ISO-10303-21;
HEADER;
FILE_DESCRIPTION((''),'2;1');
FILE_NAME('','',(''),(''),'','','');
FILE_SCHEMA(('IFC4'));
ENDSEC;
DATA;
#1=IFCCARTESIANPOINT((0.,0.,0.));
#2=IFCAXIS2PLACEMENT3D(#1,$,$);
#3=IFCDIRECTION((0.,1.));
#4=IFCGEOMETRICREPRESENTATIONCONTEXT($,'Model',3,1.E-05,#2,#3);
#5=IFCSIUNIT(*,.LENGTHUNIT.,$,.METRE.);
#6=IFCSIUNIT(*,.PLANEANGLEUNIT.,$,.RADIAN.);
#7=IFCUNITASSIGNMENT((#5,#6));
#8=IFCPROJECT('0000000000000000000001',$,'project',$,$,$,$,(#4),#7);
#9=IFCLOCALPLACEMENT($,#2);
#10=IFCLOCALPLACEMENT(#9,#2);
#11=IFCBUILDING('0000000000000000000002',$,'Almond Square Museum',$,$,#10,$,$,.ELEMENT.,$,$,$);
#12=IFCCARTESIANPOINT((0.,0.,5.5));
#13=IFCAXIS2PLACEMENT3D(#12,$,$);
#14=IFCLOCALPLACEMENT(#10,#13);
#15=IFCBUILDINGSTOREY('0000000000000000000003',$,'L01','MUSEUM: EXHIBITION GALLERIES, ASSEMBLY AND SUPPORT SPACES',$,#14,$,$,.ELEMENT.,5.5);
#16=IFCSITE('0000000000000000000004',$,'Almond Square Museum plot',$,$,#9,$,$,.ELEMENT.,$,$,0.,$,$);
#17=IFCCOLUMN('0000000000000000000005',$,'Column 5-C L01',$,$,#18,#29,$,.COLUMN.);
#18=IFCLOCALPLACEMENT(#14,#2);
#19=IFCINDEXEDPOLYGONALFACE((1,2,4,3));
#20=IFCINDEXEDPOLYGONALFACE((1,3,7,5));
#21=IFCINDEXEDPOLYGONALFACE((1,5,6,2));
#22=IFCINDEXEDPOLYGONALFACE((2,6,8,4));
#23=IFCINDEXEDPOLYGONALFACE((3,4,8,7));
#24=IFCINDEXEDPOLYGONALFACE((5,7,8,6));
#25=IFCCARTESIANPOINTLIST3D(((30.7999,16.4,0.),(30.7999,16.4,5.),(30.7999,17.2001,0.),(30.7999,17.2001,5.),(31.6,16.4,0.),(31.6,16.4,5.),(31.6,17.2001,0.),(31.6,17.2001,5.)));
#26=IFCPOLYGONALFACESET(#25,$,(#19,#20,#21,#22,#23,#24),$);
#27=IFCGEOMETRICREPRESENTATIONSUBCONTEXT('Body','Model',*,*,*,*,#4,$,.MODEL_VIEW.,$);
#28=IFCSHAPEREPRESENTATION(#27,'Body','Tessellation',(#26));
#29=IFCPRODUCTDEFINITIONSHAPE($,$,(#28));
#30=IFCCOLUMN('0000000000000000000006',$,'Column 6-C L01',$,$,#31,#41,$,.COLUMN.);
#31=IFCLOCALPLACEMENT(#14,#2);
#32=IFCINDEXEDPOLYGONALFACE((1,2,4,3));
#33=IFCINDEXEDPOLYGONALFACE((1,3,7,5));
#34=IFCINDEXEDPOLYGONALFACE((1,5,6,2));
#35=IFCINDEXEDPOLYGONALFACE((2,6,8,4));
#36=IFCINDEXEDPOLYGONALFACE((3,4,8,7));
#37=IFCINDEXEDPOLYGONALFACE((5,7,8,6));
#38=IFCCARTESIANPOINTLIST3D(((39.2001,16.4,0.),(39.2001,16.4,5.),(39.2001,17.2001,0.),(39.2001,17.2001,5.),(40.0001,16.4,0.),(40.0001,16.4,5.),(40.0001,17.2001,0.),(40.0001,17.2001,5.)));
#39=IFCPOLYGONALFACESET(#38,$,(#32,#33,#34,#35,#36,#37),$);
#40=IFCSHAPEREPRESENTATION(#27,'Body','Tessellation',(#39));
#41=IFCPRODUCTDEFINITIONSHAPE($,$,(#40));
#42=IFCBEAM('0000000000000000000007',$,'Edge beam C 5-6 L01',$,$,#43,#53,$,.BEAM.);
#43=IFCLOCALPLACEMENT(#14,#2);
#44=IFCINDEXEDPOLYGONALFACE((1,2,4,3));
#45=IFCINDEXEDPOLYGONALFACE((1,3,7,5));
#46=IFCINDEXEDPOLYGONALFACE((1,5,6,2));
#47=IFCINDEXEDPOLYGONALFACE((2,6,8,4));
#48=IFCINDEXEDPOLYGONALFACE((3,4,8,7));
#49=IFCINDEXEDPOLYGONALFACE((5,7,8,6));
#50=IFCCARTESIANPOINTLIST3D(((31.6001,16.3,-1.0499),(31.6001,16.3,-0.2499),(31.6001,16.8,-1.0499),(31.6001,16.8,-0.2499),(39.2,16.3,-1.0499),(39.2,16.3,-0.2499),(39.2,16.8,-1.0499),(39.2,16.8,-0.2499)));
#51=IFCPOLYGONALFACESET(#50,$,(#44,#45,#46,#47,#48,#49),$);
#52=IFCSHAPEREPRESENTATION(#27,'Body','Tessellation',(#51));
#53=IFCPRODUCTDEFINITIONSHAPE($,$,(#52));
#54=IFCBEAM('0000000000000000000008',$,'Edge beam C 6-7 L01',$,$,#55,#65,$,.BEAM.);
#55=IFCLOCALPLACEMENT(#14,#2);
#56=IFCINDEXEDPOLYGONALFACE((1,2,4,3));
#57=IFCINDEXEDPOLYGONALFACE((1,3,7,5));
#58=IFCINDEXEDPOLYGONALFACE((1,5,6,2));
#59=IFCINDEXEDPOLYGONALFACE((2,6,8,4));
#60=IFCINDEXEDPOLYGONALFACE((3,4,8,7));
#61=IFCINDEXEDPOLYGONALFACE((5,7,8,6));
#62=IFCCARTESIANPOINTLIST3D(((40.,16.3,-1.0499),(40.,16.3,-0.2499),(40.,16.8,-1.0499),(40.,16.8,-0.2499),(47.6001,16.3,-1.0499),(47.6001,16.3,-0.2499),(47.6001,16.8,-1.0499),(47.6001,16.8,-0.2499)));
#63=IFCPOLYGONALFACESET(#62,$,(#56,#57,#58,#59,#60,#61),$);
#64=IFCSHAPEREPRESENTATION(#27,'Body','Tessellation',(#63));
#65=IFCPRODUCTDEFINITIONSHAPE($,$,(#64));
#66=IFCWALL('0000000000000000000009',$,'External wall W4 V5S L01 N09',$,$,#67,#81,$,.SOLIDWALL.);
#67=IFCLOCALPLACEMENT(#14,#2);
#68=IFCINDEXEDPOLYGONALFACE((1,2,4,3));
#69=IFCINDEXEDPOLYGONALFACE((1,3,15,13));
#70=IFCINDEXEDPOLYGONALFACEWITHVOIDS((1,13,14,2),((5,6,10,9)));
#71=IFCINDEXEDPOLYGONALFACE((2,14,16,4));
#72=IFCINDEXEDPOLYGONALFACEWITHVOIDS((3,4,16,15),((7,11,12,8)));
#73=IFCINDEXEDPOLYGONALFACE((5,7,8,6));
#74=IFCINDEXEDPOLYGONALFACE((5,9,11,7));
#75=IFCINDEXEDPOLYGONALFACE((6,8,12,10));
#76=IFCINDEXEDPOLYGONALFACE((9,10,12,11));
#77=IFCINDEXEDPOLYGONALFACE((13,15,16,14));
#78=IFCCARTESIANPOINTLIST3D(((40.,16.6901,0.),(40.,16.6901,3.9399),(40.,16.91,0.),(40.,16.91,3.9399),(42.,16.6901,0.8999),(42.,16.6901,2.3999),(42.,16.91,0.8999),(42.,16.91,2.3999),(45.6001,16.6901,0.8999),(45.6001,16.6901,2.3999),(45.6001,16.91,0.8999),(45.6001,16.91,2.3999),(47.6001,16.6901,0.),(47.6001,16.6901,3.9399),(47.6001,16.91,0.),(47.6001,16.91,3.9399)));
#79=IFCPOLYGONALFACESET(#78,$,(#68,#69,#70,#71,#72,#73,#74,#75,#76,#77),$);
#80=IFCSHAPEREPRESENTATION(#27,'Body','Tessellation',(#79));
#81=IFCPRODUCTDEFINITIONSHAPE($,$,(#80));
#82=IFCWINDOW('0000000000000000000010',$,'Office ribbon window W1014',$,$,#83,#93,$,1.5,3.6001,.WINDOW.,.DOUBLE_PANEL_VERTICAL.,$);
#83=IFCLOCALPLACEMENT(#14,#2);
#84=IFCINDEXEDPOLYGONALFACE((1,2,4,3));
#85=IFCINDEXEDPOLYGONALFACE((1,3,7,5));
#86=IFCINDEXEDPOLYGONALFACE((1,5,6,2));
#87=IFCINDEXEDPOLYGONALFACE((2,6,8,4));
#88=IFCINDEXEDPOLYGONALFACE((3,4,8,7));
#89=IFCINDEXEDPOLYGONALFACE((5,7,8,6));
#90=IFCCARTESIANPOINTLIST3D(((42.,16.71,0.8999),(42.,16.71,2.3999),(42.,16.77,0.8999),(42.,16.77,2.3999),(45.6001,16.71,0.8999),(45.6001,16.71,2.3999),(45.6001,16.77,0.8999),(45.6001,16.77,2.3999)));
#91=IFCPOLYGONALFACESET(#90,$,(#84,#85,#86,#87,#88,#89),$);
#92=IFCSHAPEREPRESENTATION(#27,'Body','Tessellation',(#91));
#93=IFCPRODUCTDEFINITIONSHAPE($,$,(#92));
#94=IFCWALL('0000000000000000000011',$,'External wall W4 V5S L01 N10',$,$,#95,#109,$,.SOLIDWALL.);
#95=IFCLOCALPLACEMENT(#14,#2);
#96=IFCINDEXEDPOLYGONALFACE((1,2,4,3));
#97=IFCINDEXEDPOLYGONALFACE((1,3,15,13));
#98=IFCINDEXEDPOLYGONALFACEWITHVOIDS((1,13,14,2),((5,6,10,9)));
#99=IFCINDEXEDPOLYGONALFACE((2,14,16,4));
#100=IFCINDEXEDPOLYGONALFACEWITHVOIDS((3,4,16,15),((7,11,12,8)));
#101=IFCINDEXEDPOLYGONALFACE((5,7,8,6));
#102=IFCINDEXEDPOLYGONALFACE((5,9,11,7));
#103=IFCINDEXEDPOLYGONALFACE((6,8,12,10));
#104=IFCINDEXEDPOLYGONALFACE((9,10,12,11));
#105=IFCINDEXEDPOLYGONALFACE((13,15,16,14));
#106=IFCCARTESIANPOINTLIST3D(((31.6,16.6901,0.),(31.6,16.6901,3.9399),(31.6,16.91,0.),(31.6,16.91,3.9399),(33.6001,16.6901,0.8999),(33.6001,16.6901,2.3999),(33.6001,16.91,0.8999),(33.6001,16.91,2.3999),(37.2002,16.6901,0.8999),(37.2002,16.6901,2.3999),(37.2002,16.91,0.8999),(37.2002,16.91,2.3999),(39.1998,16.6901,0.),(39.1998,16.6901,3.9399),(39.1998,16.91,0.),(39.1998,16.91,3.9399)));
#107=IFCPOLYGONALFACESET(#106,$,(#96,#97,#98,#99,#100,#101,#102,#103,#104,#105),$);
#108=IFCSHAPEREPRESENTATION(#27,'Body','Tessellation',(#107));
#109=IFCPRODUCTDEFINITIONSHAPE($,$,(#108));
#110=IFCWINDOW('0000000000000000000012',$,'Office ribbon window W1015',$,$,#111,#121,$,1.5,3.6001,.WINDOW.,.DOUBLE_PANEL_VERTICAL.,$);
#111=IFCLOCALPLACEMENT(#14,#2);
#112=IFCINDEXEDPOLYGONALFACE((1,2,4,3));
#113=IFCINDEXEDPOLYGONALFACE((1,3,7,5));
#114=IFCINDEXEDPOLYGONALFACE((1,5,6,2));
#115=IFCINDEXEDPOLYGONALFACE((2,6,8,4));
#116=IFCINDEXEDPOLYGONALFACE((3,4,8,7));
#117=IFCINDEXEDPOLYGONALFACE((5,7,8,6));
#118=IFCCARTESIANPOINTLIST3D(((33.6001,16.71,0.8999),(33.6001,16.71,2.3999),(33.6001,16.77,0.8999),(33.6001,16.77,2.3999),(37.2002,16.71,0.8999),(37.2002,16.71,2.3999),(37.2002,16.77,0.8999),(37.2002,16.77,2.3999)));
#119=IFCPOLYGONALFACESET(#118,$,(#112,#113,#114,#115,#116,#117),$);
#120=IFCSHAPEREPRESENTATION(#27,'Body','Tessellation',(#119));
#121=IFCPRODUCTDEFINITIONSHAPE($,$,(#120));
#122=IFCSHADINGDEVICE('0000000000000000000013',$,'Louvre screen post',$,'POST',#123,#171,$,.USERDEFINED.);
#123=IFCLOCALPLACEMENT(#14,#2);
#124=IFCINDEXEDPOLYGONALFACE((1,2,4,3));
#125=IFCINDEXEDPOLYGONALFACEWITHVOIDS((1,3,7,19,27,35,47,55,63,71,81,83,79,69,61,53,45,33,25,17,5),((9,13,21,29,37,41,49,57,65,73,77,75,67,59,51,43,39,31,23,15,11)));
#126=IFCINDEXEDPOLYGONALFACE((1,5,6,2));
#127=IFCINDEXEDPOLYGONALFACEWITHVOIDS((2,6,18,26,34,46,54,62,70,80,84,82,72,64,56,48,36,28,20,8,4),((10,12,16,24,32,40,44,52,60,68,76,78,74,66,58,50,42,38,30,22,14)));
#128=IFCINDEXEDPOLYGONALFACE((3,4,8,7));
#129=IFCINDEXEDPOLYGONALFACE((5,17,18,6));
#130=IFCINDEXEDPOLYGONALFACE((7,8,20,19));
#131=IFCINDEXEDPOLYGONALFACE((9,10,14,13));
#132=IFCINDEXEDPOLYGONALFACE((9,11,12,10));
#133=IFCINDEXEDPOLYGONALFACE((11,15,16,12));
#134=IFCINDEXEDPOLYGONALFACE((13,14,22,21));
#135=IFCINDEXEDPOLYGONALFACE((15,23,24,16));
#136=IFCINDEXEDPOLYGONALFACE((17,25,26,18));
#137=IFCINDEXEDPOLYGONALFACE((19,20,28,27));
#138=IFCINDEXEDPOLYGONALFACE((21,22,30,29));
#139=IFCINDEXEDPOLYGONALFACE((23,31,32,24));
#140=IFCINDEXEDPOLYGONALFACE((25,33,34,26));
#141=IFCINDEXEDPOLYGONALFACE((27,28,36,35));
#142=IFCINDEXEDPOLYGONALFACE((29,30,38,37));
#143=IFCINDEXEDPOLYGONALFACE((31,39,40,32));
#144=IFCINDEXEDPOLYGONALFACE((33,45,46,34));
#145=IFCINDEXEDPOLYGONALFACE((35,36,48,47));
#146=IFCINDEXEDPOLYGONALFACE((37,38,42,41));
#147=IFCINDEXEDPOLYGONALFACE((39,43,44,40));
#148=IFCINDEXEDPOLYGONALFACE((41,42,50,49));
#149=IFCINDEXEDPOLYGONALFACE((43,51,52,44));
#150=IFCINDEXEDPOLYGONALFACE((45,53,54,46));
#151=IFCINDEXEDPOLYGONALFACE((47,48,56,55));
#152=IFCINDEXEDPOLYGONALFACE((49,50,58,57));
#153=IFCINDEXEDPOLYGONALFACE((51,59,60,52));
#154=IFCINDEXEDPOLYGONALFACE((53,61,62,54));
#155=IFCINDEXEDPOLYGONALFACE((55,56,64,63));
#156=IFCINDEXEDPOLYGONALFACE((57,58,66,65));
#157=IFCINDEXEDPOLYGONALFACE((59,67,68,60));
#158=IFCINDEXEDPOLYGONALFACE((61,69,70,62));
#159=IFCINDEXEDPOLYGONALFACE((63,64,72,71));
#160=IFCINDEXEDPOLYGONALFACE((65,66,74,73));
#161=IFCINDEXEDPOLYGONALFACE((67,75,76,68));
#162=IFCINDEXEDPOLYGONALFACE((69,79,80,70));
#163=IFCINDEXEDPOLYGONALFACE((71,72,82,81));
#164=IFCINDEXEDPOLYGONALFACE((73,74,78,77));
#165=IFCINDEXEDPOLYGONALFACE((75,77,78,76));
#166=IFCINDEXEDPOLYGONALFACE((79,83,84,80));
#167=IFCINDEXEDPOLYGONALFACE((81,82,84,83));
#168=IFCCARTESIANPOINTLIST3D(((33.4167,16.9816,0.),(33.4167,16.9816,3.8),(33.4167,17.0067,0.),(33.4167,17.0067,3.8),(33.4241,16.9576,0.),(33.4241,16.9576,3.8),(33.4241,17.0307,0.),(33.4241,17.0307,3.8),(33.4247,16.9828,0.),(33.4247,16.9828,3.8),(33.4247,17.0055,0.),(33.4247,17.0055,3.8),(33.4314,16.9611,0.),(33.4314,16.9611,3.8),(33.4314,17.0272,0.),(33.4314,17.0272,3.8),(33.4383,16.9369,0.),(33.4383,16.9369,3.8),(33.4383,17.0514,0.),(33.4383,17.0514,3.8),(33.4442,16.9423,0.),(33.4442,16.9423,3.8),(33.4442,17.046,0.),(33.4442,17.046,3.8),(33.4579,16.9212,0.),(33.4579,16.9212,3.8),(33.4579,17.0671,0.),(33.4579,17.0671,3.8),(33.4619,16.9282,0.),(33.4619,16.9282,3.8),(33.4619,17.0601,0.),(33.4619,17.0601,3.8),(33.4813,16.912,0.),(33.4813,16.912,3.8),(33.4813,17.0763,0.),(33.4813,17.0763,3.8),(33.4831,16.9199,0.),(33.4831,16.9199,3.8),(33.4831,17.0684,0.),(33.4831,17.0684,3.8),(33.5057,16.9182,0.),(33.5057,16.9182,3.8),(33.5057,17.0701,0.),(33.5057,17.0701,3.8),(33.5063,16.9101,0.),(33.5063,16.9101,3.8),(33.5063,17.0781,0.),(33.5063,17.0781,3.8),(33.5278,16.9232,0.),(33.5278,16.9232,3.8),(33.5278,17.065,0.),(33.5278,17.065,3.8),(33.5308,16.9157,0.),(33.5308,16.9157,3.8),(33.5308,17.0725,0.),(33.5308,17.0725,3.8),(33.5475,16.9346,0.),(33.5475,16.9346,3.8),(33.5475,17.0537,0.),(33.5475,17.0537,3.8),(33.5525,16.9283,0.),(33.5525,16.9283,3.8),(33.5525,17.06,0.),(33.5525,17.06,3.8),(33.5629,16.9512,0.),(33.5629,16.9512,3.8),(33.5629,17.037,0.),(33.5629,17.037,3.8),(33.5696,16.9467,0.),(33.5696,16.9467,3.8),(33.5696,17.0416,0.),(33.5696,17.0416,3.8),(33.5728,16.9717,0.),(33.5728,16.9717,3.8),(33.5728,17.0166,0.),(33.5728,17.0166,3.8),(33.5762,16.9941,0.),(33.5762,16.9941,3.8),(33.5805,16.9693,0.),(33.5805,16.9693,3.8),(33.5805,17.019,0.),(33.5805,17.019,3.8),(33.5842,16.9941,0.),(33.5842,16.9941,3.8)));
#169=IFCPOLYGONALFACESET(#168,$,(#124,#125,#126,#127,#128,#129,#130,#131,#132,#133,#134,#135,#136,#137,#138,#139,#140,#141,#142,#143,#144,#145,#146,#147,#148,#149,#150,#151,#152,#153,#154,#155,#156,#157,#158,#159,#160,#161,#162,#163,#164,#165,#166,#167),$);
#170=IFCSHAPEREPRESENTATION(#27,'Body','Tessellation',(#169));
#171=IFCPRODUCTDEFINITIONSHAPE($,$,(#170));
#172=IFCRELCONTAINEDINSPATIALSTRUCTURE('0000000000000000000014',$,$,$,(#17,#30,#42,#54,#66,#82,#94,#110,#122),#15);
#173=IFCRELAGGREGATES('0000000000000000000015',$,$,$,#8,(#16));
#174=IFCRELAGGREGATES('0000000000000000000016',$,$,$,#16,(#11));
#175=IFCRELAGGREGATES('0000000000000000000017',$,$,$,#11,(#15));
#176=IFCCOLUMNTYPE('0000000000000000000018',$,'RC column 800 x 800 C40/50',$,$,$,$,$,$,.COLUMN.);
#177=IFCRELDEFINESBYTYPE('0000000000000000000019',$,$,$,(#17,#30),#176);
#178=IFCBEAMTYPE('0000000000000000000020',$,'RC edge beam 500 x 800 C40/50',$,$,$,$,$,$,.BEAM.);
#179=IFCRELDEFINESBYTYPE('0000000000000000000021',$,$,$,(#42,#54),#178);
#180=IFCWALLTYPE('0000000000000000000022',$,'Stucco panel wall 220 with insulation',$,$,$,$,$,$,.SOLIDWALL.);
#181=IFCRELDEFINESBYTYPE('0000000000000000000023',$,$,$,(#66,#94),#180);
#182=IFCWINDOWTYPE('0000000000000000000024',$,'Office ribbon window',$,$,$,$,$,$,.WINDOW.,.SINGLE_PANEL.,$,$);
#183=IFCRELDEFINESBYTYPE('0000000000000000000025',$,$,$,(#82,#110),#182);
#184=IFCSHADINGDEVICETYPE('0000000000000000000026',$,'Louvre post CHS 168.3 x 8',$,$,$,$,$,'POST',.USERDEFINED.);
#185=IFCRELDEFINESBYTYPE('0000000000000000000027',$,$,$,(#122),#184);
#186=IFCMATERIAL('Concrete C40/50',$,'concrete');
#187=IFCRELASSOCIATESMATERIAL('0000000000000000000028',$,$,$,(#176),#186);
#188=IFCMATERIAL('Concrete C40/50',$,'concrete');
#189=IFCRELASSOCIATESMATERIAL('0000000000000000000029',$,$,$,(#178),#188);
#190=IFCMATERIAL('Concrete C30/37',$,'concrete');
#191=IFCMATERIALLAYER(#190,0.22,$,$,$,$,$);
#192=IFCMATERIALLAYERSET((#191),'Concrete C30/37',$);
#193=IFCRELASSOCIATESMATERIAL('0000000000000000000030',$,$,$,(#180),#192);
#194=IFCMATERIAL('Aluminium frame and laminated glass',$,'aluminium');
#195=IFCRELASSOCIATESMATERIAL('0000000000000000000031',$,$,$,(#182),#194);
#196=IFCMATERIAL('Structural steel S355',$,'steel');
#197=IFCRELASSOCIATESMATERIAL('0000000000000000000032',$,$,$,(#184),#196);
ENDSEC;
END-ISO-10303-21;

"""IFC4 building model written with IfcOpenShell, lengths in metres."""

from ifc_helpers import new_model, si_unit, direction, frame, frame_2d, origin, origin_2d, place, context, subcontext, project, spatial, rectangle, hollow_circle, extrude, material, layer, layer_set, material_profile, profile_set, type_object, element, fill, save


model = new_model("IFC4")

# Units and contexts
model_context = context("Model", 3, precision=1e-05, world=origin(), true_north=direction((0.0, 1.0)))
body_context = subcontext(model_context, "Body", "Model", "MODEL_VIEW")
ifc_project = project(units=[si_unit("LENGTHUNIT", "METRE"), si_unit("PLANEANGLEUNIT", "RADIAN")], contexts=[model_context])

# Site, building, storey
site_placement = place(None, origin())
site = spatial("IfcSite", under=ifc_project, at=site_placement, Name="Almond Square Museum plot", CompositionType="ELEMENT", RefElevation=0.0)
building_placement = place(site_placement, origin())
building = spatial("IfcBuilding", under=site, at=building_placement, Name="Almond Square Museum", CompositionType="ELEMENT")
storey_placement = place(building_placement, frame((0.0, 0.0, 5.5)))
storey = spatial("IfcBuildingStorey", under=building, at=storey_placement, Name="L01", Description="MUSEUM: EXHIBITION GALLERIES, ASSEMBLY AND SUPPORT SPACES", CompositionType="ELEMENT", Elevation=5.5)

# Columns
ifc_material_1 = material(Name="Concrete C40/50", Category="concrete")
ifc_material_profile_1 = material_profile(ifc_material_1, rectangle(XDim=0.8, YDim=0.8, at=origin_2d()))
ifc_profile_set_1 = profile_set([ifc_material_profile_1], Name="Concrete C40/50")
column_type = type_object("IfcColumnType", Name="RC column 800 x 800 C40/50", PredefinedType="COLUMN", material=ifc_profile_set_1)
for number, where, z_axis, x_axis, name in (
    (1, (31.2, 16.8, 0.0), (0.0, 0.0, 1.0), (1.0, 0.0, 0.0), "Column 5-C L01"),
    (2, (39.6001, 16.8, 0.0), (0.0, 0.0, 1.0), (1.0, 0.0, 0.0), "Column 6-C L01"),
):
    element("IfcColumn", number, at=place(storey_placement, frame(where, z_axis=z_axis, x_axis=x_axis)), inside=storey, type_object=column_type, Name=name, PredefinedType="COLUMN", context=body_context, shape_type="SweptSolid", body=[
        extrude(rectangle(XDim=0.8, YDim=0.8, at=origin_2d()), origin(), (0.0, 0.0, 1.0), 5.0),
    ])

# Beams
ifc_material_2 = material(Name="Concrete C40/50", Category="concrete")
ifc_material_profile_2 = material_profile(ifc_material_2, rectangle(XDim=0.5, YDim=0.8, at=origin_2d()))
ifc_profile_set_2 = profile_set([ifc_material_profile_2], Name="Concrete C40/50")
beam_type = type_object("IfcBeamType", Name="RC edge beam 500 x 800 C40/50", PredefinedType="BEAM", material=ifc_profile_set_2)
beam_1_placement = place(storey_placement, frame((31.6001, 16.55, -0.6499), z_axis=(1.0, 0.0, 0.0), x_axis=(0.0, 1.0, 0.0)))
element("IfcBeam", 3, at=beam_1_placement, inside=storey, type_object=beam_type, Name="Edge beam C 5-6 L01", PredefinedType="BEAM", context=body_context, shape_type="SweptSolid", body=[
    extrude(rectangle(XDim=0.5, YDim=0.8, at=origin_2d()), origin(), (0.0, 0.0, 1.0), 7.5999),
])
beam_2_placement = place(storey_placement, frame((40.0, 16.55, -0.6499), z_axis=(1.0, 0.0, 0.0), x_axis=(0.0, 1.0, 0.0)))
element("IfcBeam", 4, at=beam_2_placement, inside=storey, type_object=beam_type, Name="Edge beam C 6-7 L01", PredefinedType="BEAM", context=body_context, shape_type="SweptSolid", body=[
    extrude(rectangle(XDim=0.5, YDim=0.8, at=origin_2d()), origin(), (0.0, 0.0, 1.0), 7.6001),
])

# Walls, openings, windows
ifc_material_3 = material(Name="Concrete C30/37", Category="concrete")
ifc_layer = layer(ifc_material_3, 0.22)
ifc_layer_set = layer_set([ifc_layer], Name="Concrete C30/37")
wall_type = type_object("IfcWallType", Name="Stucco panel wall 220 with insulation", PredefinedType="SOLIDWALL", material=ifc_layer_set)
wall_1_placement = place(storey_placement, frame((40.0, 16.8, 0.0), z_axis=(0.0, 0.0, 1.0), x_axis=(1.0, 0.0, 0.0)))
wall_1 = element("IfcWall", 5, at=wall_1_placement, inside=storey, type_object=wall_type, Name="External wall W4 V5S L01 N09", PredefinedType="SOLIDWALL", context=body_context, shape_type="SweptSolid", body=[
    extrude(rectangle(XDim=7.6001, YDim=0.22, at=frame_2d((3.8, 0.0))), origin(), (0.0, 0.0, 1.0), 3.9399),
])
opening_1_placement = place(wall_1_placement, frame((2.0, 0.0, 0.8999)))
opening_1 = element("IfcOpeningElement", 6, at=opening_1_placement, cuts=wall_1, PredefinedType="OPENING", context=body_context, shape_type="SweptSolid", body=[
    extrude(rectangle(XDim=3.6001, YDim=1.5, at=frame_2d((1.8, 0.75))), frame((0.0, 0.1199, 0.0), z_axis=(0.0, -1.0, 0.0), x_axis=(1.0, 0.0, 0.0)), (0.0, 0.0, 1.0), 0.24),
])
ifc_material_4 = material(Name="Aluminium frame and laminated glass", Category="aluminium")
window_type = type_object("IfcWindowType", Name="Office ribbon window", PartitioningType="SINGLE_PANEL", PredefinedType="WINDOW", material=ifc_material_4)
window_1_placement = place(opening_1_placement, origin())
window_1 = element("IfcWindow", 7, at=window_1_placement, inside=storey, type_object=window_type, Name="Office ribbon window W1014", OverallHeight=1.5, OverallWidth=3.6001, PartitioningType="DOUBLE_PANEL_VERTICAL", PredefinedType="WINDOW", context=body_context, shape_type="SweptSolid", body=[
    extrude(rectangle(XDim=3.6001, YDim=1.5, at=frame_2d((1.8, 0.75))), frame((0.0, -0.03, 0.0), z_axis=(0.0, -1.0, 0.0), x_axis=(1.0, 0.0, 0.0)), (0.0, 0.0, 1.0), 0.0601),
])
fill(opening_1, window_1)
wall_2_placement = place(storey_placement, frame((31.6001, 16.8, 0.0), z_axis=(0.0, 0.0, 1.0), x_axis=(1.0, 0.0, 0.0)))
wall_2 = element("IfcWall", 8, at=wall_2_placement, inside=storey, type_object=wall_type, Name="External wall W4 V5S L01 N10", PredefinedType="SOLIDWALL", context=body_context, shape_type="SweptSolid", body=[
    extrude(rectangle(XDim=7.5999, YDim=0.22, at=frame_2d((3.7998, 0.0))), origin(), (0.0, 0.0, 1.0), 3.9399),
])
opening_2_placement = place(wall_2_placement, frame((2.0, 0.0, 0.8999)))
opening_2 = element("IfcOpeningElement", 9, at=opening_2_placement, cuts=wall_2, PredefinedType="OPENING", context=body_context, shape_type="SweptSolid", body=[
    extrude(rectangle(XDim=3.6001, YDim=1.5, at=frame_2d((1.8, 0.75))), frame((0.0, 0.1199, 0.0), z_axis=(0.0, -1.0, 0.0), x_axis=(1.0, 0.0, 0.0)), (0.0, 0.0, 1.0), 0.24),
])
window_2_placement = place(opening_2_placement, origin())
window_2 = element("IfcWindow", 10, at=window_2_placement, inside=storey, type_object=window_type, Name="Office ribbon window W1015", OverallHeight=1.5, OverallWidth=3.6001, PartitioningType="DOUBLE_PANEL_VERTICAL", PredefinedType="WINDOW", context=body_context, shape_type="SweptSolid", body=[
    extrude(rectangle(XDim=3.6001, YDim=1.5, at=frame_2d((1.8, 0.75))), frame((0.0, -0.03, 0.0), z_axis=(0.0, -1.0, 0.0), x_axis=(1.0, 0.0, 0.0)), (0.0, 0.0, 1.0), 0.0601),
])
fill(opening_2, window_2)

# Shading device
ifc_material_5 = material(Name="Structural steel S355", Category="steel")
ifc_material_profile_3 = material_profile(ifc_material_5, hollow_circle(Radius=0.0842, WallThickness=0.0081, at=origin_2d()))
ifc_profile_set_3 = profile_set([ifc_material_profile_3], Name="Structural steel S355")
shading_device_type_1 = type_object("IfcShadingDeviceType", Name="Louvre post CHS 168.3 x 8", ElementType="POST", PredefinedType="USERDEFINED", material=ifc_profile_set_3)
for number, where, z_axis, x_axis, name in (
    (11, (33.5, 16.9941, 0.0), (0.0, 0.0, 1.0), (1.0, 0.0, 0.0), "Louvre screen post"),
):
    element("IfcShadingDevice", number, at=place(storey_placement, frame(where, z_axis=z_axis, x_axis=x_axis)), inside=storey, type_object=shading_device_type_1, Name=name, ObjectType="POST", PredefinedType="USERDEFINED", context=body_context, shape_type="SweptSolid", body=[
        extrude(hollow_circle(Radius=0.0842, WallThickness=0.0081, at=origin_2d()), origin(), (0.0, 0.0, 1.0), 3.8),
    ])

save(model, "model.ifc")
